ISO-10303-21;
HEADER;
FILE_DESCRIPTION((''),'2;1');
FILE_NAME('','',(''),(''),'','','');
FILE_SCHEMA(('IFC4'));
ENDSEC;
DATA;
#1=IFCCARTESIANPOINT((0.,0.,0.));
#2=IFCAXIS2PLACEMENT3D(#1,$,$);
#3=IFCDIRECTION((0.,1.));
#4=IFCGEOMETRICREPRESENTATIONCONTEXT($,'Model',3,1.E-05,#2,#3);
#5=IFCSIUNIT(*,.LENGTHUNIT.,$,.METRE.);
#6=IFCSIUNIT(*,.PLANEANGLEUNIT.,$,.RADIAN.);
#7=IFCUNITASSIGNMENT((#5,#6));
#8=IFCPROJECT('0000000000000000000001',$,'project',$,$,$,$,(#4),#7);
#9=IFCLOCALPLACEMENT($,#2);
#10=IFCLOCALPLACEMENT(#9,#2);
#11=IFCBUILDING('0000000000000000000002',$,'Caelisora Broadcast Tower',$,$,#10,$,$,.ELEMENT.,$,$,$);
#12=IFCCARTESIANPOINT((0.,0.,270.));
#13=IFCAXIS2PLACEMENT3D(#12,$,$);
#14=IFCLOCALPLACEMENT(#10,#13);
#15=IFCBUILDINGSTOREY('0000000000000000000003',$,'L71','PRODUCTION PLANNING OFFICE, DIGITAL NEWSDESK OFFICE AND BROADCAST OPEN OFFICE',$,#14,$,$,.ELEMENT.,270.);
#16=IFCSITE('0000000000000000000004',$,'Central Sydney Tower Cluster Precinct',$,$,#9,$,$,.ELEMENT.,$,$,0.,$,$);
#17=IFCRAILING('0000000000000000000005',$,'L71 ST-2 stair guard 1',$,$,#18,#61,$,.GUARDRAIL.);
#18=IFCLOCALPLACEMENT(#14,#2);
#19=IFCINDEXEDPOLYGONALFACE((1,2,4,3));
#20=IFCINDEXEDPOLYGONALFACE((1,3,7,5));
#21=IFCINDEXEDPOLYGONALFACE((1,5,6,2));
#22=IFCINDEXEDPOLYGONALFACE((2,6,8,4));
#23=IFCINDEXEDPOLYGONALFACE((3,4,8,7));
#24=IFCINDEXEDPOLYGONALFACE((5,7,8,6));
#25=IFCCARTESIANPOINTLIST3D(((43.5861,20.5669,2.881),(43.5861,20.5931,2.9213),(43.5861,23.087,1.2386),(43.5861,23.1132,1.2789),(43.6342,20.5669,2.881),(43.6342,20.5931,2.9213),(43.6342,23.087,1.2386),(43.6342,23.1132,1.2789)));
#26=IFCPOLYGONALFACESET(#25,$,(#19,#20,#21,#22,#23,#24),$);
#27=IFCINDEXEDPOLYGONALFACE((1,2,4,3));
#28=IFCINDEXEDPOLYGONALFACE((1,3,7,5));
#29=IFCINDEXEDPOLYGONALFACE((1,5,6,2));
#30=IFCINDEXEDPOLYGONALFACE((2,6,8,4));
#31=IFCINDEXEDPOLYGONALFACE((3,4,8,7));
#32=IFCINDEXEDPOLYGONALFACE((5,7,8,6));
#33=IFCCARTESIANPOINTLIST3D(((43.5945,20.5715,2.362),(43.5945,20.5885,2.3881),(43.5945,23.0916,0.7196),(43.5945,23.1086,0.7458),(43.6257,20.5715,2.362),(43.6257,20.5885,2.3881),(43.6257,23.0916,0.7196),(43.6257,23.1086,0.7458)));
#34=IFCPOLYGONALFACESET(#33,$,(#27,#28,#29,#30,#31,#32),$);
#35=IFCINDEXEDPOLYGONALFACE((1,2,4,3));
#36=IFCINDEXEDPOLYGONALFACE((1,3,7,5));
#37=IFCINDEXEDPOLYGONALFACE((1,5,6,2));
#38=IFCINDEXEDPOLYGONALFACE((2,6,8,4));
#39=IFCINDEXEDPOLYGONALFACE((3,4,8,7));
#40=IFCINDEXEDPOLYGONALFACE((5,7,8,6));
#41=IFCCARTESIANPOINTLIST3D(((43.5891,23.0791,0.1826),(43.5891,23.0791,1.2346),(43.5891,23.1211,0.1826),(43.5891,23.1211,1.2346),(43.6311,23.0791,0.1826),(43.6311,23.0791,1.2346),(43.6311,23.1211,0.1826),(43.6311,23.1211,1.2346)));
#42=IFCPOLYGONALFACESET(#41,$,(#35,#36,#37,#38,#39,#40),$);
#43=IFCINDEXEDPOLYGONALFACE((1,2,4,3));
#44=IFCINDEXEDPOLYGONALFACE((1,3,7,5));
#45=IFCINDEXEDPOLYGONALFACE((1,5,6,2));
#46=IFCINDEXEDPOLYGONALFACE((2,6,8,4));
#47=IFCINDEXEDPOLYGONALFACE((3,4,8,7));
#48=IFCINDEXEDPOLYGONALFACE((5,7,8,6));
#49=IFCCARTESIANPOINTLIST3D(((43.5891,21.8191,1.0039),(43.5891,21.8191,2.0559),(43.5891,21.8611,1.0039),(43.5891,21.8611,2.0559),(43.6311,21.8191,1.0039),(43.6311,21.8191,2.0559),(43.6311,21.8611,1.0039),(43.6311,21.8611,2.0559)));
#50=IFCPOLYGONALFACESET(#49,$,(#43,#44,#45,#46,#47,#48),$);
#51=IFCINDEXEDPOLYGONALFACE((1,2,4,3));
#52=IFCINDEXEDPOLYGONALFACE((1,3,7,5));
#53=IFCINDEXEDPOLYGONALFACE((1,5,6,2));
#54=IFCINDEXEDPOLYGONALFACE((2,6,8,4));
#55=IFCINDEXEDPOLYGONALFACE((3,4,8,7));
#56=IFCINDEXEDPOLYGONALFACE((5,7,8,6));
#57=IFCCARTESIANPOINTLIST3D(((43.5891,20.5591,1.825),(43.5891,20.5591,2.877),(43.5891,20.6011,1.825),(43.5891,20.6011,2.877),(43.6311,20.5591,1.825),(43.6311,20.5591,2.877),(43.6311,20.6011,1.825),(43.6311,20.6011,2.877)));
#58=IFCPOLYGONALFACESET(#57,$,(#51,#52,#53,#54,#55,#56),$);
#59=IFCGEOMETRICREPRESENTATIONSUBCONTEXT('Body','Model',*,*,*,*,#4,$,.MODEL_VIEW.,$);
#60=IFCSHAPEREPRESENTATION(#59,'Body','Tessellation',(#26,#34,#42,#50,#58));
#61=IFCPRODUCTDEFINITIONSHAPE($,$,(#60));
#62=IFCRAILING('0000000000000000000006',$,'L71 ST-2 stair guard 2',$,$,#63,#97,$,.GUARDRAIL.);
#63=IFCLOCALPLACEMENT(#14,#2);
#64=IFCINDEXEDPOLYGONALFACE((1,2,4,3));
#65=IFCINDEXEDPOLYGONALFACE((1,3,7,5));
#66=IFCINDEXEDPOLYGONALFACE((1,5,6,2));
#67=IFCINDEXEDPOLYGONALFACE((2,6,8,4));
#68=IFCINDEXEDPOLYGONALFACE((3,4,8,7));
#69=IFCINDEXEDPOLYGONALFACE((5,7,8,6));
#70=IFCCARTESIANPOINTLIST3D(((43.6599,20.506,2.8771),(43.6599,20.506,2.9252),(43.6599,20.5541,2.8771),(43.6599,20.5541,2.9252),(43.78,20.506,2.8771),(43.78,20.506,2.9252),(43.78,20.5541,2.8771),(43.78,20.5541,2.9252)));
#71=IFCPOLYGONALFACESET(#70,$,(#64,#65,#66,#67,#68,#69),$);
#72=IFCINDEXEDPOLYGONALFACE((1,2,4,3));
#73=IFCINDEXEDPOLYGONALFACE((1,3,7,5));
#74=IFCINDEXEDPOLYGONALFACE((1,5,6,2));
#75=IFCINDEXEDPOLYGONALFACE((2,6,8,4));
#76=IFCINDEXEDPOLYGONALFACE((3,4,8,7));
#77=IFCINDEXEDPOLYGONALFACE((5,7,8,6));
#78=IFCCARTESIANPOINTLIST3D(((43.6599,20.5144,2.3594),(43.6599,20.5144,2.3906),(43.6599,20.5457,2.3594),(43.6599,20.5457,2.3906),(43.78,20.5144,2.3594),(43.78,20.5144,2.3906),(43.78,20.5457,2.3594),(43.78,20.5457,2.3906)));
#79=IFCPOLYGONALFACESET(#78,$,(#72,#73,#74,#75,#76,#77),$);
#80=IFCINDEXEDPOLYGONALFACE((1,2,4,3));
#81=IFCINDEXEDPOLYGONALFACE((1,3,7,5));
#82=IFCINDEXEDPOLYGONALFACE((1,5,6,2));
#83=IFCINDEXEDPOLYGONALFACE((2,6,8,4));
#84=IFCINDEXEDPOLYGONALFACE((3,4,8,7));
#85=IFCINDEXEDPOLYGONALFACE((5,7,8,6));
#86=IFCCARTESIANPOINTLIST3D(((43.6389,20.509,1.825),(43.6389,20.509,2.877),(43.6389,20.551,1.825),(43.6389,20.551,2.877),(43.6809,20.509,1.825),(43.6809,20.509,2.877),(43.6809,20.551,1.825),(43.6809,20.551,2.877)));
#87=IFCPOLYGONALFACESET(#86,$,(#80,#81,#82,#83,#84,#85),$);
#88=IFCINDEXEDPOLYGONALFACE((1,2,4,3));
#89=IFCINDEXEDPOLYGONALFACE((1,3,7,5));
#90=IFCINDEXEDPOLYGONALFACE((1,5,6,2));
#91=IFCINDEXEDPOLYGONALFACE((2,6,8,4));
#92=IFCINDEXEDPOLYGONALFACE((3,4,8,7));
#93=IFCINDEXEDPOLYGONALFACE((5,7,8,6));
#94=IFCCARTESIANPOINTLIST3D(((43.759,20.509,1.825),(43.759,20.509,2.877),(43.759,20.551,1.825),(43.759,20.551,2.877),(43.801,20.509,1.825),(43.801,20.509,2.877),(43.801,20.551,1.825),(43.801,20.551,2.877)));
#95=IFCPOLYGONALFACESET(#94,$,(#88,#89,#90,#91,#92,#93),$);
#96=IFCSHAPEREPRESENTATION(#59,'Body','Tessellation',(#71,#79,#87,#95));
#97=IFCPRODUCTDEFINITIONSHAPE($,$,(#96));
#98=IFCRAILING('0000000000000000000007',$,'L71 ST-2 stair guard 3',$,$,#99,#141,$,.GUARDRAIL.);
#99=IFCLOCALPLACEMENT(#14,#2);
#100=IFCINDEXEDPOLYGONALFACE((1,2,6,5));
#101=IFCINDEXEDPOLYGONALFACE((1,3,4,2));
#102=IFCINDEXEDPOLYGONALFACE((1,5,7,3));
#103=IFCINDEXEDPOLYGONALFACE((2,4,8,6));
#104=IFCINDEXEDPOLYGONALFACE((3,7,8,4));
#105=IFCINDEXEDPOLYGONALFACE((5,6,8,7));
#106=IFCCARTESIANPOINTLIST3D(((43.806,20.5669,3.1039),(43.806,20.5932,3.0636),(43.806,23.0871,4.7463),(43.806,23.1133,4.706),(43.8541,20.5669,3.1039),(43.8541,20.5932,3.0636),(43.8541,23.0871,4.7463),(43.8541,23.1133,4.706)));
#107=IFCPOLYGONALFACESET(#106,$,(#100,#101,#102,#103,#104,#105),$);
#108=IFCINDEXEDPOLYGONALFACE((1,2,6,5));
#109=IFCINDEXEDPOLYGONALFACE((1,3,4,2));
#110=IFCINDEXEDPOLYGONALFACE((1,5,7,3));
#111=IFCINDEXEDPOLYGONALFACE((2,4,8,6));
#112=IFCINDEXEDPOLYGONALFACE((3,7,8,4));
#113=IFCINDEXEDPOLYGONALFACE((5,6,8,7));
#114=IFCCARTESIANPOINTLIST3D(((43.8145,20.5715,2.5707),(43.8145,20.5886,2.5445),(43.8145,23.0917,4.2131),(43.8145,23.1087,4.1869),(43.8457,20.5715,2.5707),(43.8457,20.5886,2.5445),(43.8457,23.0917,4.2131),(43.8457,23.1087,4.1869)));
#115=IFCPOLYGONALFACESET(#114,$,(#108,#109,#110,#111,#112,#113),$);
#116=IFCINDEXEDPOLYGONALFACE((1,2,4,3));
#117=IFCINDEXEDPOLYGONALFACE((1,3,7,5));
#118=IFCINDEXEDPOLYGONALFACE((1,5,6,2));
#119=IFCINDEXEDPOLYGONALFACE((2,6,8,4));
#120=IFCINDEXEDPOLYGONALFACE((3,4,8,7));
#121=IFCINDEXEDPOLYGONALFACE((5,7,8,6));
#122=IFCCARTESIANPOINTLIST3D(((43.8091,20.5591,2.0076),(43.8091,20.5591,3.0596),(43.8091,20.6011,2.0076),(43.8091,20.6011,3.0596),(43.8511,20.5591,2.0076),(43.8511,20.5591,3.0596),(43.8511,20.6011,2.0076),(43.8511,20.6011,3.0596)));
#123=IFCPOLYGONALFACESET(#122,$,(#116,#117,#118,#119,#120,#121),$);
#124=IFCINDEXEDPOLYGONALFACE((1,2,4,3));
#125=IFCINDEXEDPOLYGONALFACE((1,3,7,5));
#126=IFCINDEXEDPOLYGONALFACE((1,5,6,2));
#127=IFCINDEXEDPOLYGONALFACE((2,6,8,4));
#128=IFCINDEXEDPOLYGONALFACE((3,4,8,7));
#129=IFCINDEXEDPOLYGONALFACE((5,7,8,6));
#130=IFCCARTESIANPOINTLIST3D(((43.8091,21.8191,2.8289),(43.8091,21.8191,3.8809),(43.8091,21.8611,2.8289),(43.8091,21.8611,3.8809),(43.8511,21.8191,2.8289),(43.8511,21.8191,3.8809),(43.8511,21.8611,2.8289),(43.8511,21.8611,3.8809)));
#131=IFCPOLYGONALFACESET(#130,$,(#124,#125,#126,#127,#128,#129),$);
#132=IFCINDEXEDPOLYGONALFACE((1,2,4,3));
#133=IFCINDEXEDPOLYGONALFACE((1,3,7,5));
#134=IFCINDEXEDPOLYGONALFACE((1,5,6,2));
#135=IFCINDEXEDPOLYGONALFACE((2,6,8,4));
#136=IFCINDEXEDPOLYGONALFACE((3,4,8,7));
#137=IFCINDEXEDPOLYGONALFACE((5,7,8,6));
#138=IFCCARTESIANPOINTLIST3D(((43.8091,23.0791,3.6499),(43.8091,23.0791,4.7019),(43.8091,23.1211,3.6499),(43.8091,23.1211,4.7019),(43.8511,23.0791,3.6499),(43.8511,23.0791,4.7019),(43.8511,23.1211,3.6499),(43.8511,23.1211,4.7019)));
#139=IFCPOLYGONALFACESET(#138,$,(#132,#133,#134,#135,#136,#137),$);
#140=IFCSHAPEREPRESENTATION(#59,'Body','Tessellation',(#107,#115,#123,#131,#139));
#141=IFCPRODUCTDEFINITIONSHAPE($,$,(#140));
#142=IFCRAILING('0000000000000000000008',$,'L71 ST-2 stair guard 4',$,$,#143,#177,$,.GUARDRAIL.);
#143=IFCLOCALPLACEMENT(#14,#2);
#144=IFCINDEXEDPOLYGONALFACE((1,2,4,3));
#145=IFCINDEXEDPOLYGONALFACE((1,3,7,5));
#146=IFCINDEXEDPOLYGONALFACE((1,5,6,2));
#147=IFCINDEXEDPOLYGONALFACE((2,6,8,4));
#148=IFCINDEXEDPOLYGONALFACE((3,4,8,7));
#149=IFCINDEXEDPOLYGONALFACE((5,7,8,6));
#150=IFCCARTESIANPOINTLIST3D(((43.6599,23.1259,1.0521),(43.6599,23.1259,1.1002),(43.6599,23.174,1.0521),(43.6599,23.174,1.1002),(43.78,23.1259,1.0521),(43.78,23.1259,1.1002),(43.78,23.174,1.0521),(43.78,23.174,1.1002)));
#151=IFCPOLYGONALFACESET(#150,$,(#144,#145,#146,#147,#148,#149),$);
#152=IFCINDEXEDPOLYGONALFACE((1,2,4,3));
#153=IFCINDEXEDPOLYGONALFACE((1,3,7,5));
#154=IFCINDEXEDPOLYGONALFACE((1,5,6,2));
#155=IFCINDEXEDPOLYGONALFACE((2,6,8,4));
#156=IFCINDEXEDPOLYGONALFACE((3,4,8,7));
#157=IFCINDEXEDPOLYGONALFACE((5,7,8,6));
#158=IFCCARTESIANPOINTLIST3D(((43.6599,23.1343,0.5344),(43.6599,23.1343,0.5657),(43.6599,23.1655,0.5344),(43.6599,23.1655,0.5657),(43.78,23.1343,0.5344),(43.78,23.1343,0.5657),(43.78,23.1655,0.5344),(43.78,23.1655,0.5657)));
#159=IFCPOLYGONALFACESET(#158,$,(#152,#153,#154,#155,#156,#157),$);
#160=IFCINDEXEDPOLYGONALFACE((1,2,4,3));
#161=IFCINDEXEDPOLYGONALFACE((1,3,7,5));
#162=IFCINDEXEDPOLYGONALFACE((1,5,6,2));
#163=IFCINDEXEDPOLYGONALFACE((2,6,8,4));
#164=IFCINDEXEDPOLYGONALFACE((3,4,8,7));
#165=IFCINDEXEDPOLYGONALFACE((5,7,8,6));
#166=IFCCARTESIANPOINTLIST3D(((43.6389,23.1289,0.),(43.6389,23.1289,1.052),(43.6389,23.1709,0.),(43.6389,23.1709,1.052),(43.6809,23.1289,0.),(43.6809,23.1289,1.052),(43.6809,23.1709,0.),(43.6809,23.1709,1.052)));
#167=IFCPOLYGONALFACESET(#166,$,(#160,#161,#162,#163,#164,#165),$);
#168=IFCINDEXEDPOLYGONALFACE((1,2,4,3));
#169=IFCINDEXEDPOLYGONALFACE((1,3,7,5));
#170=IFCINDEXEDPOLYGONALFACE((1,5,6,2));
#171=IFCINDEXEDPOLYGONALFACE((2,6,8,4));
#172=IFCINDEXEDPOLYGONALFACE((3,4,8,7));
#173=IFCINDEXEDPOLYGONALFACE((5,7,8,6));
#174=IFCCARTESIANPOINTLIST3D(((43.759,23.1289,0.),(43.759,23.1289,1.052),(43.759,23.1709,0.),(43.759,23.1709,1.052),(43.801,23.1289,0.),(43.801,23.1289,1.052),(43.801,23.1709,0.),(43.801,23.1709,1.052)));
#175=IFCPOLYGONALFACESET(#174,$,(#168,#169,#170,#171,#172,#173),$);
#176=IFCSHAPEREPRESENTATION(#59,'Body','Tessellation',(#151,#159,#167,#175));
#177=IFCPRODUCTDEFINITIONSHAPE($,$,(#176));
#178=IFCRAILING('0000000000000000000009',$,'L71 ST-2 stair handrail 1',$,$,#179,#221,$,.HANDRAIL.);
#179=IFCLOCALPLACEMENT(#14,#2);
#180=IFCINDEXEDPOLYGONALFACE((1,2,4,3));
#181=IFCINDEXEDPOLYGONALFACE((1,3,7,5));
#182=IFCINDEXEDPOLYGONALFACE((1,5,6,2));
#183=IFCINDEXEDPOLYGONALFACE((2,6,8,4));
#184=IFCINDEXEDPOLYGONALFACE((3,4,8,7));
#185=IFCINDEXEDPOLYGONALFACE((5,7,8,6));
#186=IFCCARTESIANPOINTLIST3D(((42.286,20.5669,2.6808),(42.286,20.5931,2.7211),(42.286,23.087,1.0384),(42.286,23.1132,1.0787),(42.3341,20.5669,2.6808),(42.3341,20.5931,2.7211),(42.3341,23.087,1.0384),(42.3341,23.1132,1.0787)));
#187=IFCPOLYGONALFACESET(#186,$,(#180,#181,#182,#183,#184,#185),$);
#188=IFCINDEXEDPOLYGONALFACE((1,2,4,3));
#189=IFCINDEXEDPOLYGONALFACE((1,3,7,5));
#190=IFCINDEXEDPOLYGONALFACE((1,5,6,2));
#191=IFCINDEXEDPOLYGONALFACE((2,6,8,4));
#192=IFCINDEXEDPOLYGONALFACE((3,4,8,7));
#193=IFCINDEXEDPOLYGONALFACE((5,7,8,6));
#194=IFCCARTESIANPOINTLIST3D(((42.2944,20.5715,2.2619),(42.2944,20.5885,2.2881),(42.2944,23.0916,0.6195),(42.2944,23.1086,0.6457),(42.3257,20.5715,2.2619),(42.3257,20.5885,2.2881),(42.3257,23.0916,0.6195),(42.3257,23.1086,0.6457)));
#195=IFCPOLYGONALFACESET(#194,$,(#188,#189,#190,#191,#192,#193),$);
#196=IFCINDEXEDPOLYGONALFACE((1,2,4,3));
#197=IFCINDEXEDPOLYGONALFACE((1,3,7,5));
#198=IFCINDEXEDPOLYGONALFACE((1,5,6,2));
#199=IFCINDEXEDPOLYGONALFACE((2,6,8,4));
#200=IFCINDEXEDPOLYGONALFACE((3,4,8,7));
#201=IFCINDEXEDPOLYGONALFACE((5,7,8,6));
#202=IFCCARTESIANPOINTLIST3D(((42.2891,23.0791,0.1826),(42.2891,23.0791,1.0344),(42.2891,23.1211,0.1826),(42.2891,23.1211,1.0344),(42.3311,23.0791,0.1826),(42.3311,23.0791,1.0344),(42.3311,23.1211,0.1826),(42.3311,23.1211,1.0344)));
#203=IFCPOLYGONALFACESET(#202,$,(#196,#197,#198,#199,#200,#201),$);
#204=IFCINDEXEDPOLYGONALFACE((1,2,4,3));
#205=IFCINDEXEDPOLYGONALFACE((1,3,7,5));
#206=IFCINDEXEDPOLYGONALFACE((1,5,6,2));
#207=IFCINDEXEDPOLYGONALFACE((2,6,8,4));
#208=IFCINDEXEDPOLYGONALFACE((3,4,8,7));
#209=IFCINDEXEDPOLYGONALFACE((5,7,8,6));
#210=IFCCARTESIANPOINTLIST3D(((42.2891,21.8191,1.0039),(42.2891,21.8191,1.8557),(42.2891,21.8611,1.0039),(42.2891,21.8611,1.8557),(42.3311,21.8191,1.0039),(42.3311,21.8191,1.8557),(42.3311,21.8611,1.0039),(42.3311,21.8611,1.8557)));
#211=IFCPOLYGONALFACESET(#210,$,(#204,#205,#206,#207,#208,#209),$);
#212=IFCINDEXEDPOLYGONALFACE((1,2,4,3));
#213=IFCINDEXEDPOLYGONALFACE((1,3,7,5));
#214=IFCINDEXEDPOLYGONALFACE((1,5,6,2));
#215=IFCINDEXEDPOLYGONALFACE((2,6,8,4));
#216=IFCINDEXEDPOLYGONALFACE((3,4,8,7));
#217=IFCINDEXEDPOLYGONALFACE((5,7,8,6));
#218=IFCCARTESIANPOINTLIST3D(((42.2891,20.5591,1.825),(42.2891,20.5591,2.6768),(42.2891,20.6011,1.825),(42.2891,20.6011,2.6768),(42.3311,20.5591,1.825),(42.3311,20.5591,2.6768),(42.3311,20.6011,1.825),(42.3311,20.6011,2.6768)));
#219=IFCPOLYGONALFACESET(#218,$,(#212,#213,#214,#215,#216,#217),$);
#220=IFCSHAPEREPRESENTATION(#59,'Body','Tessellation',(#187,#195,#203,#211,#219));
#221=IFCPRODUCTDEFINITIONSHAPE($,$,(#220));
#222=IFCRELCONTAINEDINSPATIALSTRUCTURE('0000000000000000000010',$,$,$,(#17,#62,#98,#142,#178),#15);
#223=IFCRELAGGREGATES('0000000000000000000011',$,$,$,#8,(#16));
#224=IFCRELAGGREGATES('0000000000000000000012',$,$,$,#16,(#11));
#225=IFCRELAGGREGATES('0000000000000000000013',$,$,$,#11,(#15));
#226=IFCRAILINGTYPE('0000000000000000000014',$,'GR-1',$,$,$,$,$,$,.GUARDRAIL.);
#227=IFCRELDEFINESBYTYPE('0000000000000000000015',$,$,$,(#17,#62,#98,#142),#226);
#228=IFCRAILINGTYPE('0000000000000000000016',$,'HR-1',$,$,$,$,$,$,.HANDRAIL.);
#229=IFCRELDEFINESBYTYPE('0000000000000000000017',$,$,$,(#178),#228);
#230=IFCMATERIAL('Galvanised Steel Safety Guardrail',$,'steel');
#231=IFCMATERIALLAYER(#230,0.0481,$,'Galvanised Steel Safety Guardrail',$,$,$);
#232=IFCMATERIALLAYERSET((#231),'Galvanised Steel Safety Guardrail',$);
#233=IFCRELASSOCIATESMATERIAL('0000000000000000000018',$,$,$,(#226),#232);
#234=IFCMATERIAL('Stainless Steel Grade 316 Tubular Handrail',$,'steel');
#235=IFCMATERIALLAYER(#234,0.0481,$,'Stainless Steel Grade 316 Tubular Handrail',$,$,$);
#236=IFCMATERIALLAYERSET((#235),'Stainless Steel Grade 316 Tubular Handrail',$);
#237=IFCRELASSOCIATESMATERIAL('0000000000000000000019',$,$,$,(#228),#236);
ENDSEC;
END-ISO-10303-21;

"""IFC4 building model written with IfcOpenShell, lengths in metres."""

from ifc_helpers import new_model, si_unit, direction, frame, origin, origin_2d, place, context, subcontext, project, spatial, rectangle, extrude, material, layer, layer_set, type_object, element, save


model = new_model("IFC4")

# Units and contexts
model_context = context("Model", 3, precision=1e-05, world=origin(), true_north=direction((0.0, 1.0)))
body_context = subcontext(model_context, "Body", "Model", "MODEL_VIEW")
ifc_project = project(units=[si_unit("LENGTHUNIT", "METRE"), si_unit("PLANEANGLEUNIT", "RADIAN")], contexts=[model_context])

# Site, building, storey
site_placement = place(None, origin())
site = spatial("IfcSite", under=ifc_project, at=site_placement, Name="Central Sydney Tower Cluster Precinct", CompositionType="ELEMENT", RefElevation=0.0)
building_placement = place(site_placement, origin())
building = spatial("IfcBuilding", under=site, at=building_placement, Name="Caelisora Broadcast Tower", CompositionType="ELEMENT")
storey_placement = place(building_placement, frame((0.0, 0.0, 270.0)))
storey = spatial("IfcBuildingStorey", under=building, at=storey_placement, Name="L71", Description="PRODUCTION PLANNING OFFICE, DIGITAL NEWSDESK OFFICE AND BROADCAST OPEN OFFICE", CompositionType="ELEMENT", Elevation=270.0)

# Railings
ifc_material_1 = material(Name="Galvanised Steel Safety Guardrail", Category="steel")
ifc_layer_1 = layer(ifc_material_1, 0.0481, Name="Galvanised Steel Safety Guardrail")
ifc_layer_set_1 = layer_set([ifc_layer_1], Name="Galvanised Steel Safety Guardrail")
railing_type_1 = type_object("IfcRailingType", Name="GR-1", PredefinedType="GUARDRAIL", material=ifc_layer_set_1)
railing_1_placement = place(storey_placement, frame((43.6101, 23.1001, 0.1826)))
element("IfcRailing", 1, at=railing_1_placement, inside=storey, type_object=railing_type_1, Name="L71 ST-2 stair guard 1", PredefinedType="GUARDRAIL", context=body_context, shape_type="SweptSolid", body=[
    extrude(rectangle(XDim=0.0481, YDim=0.0481, at=origin_2d()), frame((0.0, 0.0, 1.0762), z_axis=(0.0, -0.837787, 0.545998), x_axis=(1.0, 0.0, 0.0)), (0.0, 0.0, 1.0), 3.0081),
    extrude(rectangle(XDim=0.0312, YDim=0.0312, at=origin_2d()), frame((0.0, 0.0, 0.55), z_axis=(0.0, -0.837787, 0.545998), x_axis=(1.0, 0.0, 0.0)), (0.0, 0.0, 1.0), 3.0081),
    extrude(rectangle(XDim=0.042, YDim=0.042, at=origin_2d()), origin(), (0.0, 0.0, 1.0), 1.052),
    extrude(rectangle(XDim=0.042, YDim=0.042, at=origin_2d()), frame((0.0, -1.26, 0.8213)), (0.0, 0.0, 1.0), 1.052),
    extrude(rectangle(XDim=0.042, YDim=0.042, at=origin_2d()), frame((0.0, -2.52, 1.6423)), (0.0, 0.0, 1.0), 1.052),
])
railing_2_placement = place(storey_placement, frame((43.6599, 20.53, 1.825)))
element("IfcRailing", 2, at=railing_2_placement, inside=storey, type_object=railing_type_1, Name="L71 ST-2 stair guard 2", PredefinedType="GUARDRAIL", context=body_context, shape_type="SweptSolid", body=[
    extrude(rectangle(XDim=0.0481, YDim=0.0481, at=origin_2d()), frame((0.0, 0.0, 1.0762), z_axis=(1.0, 0.0, 0.0), x_axis=(0.0, 1.0, 0.0)), (0.0, 0.0, 1.0), 0.1201),
    extrude(rectangle(XDim=0.0312, YDim=0.0312, at=origin_2d()), frame((0.0, 0.0, 0.55), z_axis=(1.0, 0.0, 0.0), x_axis=(0.0, 1.0, 0.0)), (0.0, 0.0, 1.0), 0.1201),
    extrude(rectangle(XDim=0.042, YDim=0.042, at=origin_2d()), origin(), (0.0, 0.0, 1.0), 1.052),
    extrude(rectangle(XDim=0.042, YDim=0.042, at=origin_2d()), frame((0.1201, 0.0, 0.0)), (0.0, 0.0, 1.0), 1.052),
])
railing_3_placement = place(storey_placement, frame((43.8301, 20.5801, 2.0076)))
element("IfcRailing", 3, at=railing_3_placement, inside=storey, type_object=railing_type_1, Name="L71 ST-2 stair guard 3", PredefinedType="GUARDRAIL", context=body_context, shape_type="SweptSolid", body=[
    extrude(rectangle(XDim=0.0481, YDim=0.0481, at=origin_2d()), frame((0.0, 0.0, 1.0762), z_axis=(0.0, 0.837787, 0.545998), x_axis=(-1.0, 0.0, 0.0)), (0.0, 0.0, 1.0), 3.0081),
    extrude(rectangle(XDim=0.0312, YDim=0.0312, at=origin_2d()), frame((0.0, 0.0, 0.55), z_axis=(0.0, 0.837787, 0.545998), x_axis=(-1.0, 0.0, 0.0)), (0.0, 0.0, 1.0), 3.0081),
    extrude(rectangle(XDim=0.042, YDim=0.042, at=origin_2d()), origin(), (0.0, 0.0, 1.0), 1.052),
    extrude(rectangle(XDim=0.042, YDim=0.042, at=origin_2d()), frame((0.0, 1.26, 0.8213)), (0.0, 0.0, 1.0), 1.052),
    extrude(rectangle(XDim=0.042, YDim=0.042, at=origin_2d()), frame((0.0, 2.52, 1.6423)), (0.0, 0.0, 1.0), 1.052),
])
railing_4_placement = place(storey_placement, frame((43.6599, 23.1499, 0.0)))
element("IfcRailing", 4, at=railing_4_placement, inside=storey, type_object=railing_type_1, Name="L71 ST-2 stair guard 4", PredefinedType="GUARDRAIL", context=body_context, shape_type="SweptSolid", body=[
    extrude(rectangle(XDim=0.0481, YDim=0.0481, at=origin_2d()), frame((0.0, 0.0, 1.0762), z_axis=(1.0, 0.0, 0.0), x_axis=(0.0, 1.0, 0.0)), (0.0, 0.0, 1.0), 0.1201),
    extrude(rectangle(XDim=0.0312, YDim=0.0312, at=origin_2d()), frame((0.0, 0.0, 0.55), z_axis=(1.0, 0.0, 0.0), x_axis=(0.0, 1.0, 0.0)), (0.0, 0.0, 1.0), 0.1201),
    extrude(rectangle(XDim=0.042, YDim=0.042, at=origin_2d()), origin(), (0.0, 0.0, 1.0), 1.052),
    extrude(rectangle(XDim=0.042, YDim=0.042, at=origin_2d()), frame((0.1201, 0.0, 0.0)), (0.0, 0.0, 1.0), 1.052),
])
ifc_material_2 = material(Name="Stainless Steel Grade 316 Tubular Handrail", Category="steel")
ifc_layer_2 = layer(ifc_material_2, 0.0481, Name="Stainless Steel Grade 316 Tubular Handrail")
ifc_layer_set_2 = layer_set([ifc_layer_2], Name="Stainless Steel Grade 316 Tubular Handrail")
railing_type_2 = type_object("IfcRailingType", Name="HR-1", PredefinedType="HANDRAIL", material=ifc_layer_set_2)
railing_5_placement = place(storey_placement, frame((42.3101, 23.1001, 0.1826)))
element("IfcRailing", 5, at=railing_5_placement, inside=storey, type_object=railing_type_2, Name="L71 ST-2 stair handrail 1", PredefinedType="HANDRAIL", context=body_context, shape_type="SweptSolid", body=[
    extrude(rectangle(XDim=0.0481, YDim=0.0481, at=origin_2d()), frame((0.0, 0.0, 0.876), z_axis=(0.0, -0.837787, 0.545998), x_axis=(1.0, 0.0, 0.0)), (0.0, 0.0, 1.0), 3.0081),
    extrude(rectangle(XDim=0.0312, YDim=0.0312, at=origin_2d()), frame((0.0, 0.0, 0.45), z_axis=(0.0, -0.837787, 0.545998), x_axis=(1.0, 0.0, 0.0)), (0.0, 0.0, 1.0), 3.0081),
    extrude(rectangle(XDim=0.042, YDim=0.042, at=origin_2d()), origin(), (0.0, 0.0, 1.0), 0.8518),
    extrude(rectangle(XDim=0.042, YDim=0.042, at=origin_2d()), frame((0.0, -1.26, 0.8213)), (0.0, 0.0, 1.0), 0.8518),
    extrude(rectangle(XDim=0.042, YDim=0.042, at=origin_2d()), frame((0.0, -2.52, 1.6423)), (0.0, 0.0, 1.0), 0.8518),
])

save(model, "model.ifc")
